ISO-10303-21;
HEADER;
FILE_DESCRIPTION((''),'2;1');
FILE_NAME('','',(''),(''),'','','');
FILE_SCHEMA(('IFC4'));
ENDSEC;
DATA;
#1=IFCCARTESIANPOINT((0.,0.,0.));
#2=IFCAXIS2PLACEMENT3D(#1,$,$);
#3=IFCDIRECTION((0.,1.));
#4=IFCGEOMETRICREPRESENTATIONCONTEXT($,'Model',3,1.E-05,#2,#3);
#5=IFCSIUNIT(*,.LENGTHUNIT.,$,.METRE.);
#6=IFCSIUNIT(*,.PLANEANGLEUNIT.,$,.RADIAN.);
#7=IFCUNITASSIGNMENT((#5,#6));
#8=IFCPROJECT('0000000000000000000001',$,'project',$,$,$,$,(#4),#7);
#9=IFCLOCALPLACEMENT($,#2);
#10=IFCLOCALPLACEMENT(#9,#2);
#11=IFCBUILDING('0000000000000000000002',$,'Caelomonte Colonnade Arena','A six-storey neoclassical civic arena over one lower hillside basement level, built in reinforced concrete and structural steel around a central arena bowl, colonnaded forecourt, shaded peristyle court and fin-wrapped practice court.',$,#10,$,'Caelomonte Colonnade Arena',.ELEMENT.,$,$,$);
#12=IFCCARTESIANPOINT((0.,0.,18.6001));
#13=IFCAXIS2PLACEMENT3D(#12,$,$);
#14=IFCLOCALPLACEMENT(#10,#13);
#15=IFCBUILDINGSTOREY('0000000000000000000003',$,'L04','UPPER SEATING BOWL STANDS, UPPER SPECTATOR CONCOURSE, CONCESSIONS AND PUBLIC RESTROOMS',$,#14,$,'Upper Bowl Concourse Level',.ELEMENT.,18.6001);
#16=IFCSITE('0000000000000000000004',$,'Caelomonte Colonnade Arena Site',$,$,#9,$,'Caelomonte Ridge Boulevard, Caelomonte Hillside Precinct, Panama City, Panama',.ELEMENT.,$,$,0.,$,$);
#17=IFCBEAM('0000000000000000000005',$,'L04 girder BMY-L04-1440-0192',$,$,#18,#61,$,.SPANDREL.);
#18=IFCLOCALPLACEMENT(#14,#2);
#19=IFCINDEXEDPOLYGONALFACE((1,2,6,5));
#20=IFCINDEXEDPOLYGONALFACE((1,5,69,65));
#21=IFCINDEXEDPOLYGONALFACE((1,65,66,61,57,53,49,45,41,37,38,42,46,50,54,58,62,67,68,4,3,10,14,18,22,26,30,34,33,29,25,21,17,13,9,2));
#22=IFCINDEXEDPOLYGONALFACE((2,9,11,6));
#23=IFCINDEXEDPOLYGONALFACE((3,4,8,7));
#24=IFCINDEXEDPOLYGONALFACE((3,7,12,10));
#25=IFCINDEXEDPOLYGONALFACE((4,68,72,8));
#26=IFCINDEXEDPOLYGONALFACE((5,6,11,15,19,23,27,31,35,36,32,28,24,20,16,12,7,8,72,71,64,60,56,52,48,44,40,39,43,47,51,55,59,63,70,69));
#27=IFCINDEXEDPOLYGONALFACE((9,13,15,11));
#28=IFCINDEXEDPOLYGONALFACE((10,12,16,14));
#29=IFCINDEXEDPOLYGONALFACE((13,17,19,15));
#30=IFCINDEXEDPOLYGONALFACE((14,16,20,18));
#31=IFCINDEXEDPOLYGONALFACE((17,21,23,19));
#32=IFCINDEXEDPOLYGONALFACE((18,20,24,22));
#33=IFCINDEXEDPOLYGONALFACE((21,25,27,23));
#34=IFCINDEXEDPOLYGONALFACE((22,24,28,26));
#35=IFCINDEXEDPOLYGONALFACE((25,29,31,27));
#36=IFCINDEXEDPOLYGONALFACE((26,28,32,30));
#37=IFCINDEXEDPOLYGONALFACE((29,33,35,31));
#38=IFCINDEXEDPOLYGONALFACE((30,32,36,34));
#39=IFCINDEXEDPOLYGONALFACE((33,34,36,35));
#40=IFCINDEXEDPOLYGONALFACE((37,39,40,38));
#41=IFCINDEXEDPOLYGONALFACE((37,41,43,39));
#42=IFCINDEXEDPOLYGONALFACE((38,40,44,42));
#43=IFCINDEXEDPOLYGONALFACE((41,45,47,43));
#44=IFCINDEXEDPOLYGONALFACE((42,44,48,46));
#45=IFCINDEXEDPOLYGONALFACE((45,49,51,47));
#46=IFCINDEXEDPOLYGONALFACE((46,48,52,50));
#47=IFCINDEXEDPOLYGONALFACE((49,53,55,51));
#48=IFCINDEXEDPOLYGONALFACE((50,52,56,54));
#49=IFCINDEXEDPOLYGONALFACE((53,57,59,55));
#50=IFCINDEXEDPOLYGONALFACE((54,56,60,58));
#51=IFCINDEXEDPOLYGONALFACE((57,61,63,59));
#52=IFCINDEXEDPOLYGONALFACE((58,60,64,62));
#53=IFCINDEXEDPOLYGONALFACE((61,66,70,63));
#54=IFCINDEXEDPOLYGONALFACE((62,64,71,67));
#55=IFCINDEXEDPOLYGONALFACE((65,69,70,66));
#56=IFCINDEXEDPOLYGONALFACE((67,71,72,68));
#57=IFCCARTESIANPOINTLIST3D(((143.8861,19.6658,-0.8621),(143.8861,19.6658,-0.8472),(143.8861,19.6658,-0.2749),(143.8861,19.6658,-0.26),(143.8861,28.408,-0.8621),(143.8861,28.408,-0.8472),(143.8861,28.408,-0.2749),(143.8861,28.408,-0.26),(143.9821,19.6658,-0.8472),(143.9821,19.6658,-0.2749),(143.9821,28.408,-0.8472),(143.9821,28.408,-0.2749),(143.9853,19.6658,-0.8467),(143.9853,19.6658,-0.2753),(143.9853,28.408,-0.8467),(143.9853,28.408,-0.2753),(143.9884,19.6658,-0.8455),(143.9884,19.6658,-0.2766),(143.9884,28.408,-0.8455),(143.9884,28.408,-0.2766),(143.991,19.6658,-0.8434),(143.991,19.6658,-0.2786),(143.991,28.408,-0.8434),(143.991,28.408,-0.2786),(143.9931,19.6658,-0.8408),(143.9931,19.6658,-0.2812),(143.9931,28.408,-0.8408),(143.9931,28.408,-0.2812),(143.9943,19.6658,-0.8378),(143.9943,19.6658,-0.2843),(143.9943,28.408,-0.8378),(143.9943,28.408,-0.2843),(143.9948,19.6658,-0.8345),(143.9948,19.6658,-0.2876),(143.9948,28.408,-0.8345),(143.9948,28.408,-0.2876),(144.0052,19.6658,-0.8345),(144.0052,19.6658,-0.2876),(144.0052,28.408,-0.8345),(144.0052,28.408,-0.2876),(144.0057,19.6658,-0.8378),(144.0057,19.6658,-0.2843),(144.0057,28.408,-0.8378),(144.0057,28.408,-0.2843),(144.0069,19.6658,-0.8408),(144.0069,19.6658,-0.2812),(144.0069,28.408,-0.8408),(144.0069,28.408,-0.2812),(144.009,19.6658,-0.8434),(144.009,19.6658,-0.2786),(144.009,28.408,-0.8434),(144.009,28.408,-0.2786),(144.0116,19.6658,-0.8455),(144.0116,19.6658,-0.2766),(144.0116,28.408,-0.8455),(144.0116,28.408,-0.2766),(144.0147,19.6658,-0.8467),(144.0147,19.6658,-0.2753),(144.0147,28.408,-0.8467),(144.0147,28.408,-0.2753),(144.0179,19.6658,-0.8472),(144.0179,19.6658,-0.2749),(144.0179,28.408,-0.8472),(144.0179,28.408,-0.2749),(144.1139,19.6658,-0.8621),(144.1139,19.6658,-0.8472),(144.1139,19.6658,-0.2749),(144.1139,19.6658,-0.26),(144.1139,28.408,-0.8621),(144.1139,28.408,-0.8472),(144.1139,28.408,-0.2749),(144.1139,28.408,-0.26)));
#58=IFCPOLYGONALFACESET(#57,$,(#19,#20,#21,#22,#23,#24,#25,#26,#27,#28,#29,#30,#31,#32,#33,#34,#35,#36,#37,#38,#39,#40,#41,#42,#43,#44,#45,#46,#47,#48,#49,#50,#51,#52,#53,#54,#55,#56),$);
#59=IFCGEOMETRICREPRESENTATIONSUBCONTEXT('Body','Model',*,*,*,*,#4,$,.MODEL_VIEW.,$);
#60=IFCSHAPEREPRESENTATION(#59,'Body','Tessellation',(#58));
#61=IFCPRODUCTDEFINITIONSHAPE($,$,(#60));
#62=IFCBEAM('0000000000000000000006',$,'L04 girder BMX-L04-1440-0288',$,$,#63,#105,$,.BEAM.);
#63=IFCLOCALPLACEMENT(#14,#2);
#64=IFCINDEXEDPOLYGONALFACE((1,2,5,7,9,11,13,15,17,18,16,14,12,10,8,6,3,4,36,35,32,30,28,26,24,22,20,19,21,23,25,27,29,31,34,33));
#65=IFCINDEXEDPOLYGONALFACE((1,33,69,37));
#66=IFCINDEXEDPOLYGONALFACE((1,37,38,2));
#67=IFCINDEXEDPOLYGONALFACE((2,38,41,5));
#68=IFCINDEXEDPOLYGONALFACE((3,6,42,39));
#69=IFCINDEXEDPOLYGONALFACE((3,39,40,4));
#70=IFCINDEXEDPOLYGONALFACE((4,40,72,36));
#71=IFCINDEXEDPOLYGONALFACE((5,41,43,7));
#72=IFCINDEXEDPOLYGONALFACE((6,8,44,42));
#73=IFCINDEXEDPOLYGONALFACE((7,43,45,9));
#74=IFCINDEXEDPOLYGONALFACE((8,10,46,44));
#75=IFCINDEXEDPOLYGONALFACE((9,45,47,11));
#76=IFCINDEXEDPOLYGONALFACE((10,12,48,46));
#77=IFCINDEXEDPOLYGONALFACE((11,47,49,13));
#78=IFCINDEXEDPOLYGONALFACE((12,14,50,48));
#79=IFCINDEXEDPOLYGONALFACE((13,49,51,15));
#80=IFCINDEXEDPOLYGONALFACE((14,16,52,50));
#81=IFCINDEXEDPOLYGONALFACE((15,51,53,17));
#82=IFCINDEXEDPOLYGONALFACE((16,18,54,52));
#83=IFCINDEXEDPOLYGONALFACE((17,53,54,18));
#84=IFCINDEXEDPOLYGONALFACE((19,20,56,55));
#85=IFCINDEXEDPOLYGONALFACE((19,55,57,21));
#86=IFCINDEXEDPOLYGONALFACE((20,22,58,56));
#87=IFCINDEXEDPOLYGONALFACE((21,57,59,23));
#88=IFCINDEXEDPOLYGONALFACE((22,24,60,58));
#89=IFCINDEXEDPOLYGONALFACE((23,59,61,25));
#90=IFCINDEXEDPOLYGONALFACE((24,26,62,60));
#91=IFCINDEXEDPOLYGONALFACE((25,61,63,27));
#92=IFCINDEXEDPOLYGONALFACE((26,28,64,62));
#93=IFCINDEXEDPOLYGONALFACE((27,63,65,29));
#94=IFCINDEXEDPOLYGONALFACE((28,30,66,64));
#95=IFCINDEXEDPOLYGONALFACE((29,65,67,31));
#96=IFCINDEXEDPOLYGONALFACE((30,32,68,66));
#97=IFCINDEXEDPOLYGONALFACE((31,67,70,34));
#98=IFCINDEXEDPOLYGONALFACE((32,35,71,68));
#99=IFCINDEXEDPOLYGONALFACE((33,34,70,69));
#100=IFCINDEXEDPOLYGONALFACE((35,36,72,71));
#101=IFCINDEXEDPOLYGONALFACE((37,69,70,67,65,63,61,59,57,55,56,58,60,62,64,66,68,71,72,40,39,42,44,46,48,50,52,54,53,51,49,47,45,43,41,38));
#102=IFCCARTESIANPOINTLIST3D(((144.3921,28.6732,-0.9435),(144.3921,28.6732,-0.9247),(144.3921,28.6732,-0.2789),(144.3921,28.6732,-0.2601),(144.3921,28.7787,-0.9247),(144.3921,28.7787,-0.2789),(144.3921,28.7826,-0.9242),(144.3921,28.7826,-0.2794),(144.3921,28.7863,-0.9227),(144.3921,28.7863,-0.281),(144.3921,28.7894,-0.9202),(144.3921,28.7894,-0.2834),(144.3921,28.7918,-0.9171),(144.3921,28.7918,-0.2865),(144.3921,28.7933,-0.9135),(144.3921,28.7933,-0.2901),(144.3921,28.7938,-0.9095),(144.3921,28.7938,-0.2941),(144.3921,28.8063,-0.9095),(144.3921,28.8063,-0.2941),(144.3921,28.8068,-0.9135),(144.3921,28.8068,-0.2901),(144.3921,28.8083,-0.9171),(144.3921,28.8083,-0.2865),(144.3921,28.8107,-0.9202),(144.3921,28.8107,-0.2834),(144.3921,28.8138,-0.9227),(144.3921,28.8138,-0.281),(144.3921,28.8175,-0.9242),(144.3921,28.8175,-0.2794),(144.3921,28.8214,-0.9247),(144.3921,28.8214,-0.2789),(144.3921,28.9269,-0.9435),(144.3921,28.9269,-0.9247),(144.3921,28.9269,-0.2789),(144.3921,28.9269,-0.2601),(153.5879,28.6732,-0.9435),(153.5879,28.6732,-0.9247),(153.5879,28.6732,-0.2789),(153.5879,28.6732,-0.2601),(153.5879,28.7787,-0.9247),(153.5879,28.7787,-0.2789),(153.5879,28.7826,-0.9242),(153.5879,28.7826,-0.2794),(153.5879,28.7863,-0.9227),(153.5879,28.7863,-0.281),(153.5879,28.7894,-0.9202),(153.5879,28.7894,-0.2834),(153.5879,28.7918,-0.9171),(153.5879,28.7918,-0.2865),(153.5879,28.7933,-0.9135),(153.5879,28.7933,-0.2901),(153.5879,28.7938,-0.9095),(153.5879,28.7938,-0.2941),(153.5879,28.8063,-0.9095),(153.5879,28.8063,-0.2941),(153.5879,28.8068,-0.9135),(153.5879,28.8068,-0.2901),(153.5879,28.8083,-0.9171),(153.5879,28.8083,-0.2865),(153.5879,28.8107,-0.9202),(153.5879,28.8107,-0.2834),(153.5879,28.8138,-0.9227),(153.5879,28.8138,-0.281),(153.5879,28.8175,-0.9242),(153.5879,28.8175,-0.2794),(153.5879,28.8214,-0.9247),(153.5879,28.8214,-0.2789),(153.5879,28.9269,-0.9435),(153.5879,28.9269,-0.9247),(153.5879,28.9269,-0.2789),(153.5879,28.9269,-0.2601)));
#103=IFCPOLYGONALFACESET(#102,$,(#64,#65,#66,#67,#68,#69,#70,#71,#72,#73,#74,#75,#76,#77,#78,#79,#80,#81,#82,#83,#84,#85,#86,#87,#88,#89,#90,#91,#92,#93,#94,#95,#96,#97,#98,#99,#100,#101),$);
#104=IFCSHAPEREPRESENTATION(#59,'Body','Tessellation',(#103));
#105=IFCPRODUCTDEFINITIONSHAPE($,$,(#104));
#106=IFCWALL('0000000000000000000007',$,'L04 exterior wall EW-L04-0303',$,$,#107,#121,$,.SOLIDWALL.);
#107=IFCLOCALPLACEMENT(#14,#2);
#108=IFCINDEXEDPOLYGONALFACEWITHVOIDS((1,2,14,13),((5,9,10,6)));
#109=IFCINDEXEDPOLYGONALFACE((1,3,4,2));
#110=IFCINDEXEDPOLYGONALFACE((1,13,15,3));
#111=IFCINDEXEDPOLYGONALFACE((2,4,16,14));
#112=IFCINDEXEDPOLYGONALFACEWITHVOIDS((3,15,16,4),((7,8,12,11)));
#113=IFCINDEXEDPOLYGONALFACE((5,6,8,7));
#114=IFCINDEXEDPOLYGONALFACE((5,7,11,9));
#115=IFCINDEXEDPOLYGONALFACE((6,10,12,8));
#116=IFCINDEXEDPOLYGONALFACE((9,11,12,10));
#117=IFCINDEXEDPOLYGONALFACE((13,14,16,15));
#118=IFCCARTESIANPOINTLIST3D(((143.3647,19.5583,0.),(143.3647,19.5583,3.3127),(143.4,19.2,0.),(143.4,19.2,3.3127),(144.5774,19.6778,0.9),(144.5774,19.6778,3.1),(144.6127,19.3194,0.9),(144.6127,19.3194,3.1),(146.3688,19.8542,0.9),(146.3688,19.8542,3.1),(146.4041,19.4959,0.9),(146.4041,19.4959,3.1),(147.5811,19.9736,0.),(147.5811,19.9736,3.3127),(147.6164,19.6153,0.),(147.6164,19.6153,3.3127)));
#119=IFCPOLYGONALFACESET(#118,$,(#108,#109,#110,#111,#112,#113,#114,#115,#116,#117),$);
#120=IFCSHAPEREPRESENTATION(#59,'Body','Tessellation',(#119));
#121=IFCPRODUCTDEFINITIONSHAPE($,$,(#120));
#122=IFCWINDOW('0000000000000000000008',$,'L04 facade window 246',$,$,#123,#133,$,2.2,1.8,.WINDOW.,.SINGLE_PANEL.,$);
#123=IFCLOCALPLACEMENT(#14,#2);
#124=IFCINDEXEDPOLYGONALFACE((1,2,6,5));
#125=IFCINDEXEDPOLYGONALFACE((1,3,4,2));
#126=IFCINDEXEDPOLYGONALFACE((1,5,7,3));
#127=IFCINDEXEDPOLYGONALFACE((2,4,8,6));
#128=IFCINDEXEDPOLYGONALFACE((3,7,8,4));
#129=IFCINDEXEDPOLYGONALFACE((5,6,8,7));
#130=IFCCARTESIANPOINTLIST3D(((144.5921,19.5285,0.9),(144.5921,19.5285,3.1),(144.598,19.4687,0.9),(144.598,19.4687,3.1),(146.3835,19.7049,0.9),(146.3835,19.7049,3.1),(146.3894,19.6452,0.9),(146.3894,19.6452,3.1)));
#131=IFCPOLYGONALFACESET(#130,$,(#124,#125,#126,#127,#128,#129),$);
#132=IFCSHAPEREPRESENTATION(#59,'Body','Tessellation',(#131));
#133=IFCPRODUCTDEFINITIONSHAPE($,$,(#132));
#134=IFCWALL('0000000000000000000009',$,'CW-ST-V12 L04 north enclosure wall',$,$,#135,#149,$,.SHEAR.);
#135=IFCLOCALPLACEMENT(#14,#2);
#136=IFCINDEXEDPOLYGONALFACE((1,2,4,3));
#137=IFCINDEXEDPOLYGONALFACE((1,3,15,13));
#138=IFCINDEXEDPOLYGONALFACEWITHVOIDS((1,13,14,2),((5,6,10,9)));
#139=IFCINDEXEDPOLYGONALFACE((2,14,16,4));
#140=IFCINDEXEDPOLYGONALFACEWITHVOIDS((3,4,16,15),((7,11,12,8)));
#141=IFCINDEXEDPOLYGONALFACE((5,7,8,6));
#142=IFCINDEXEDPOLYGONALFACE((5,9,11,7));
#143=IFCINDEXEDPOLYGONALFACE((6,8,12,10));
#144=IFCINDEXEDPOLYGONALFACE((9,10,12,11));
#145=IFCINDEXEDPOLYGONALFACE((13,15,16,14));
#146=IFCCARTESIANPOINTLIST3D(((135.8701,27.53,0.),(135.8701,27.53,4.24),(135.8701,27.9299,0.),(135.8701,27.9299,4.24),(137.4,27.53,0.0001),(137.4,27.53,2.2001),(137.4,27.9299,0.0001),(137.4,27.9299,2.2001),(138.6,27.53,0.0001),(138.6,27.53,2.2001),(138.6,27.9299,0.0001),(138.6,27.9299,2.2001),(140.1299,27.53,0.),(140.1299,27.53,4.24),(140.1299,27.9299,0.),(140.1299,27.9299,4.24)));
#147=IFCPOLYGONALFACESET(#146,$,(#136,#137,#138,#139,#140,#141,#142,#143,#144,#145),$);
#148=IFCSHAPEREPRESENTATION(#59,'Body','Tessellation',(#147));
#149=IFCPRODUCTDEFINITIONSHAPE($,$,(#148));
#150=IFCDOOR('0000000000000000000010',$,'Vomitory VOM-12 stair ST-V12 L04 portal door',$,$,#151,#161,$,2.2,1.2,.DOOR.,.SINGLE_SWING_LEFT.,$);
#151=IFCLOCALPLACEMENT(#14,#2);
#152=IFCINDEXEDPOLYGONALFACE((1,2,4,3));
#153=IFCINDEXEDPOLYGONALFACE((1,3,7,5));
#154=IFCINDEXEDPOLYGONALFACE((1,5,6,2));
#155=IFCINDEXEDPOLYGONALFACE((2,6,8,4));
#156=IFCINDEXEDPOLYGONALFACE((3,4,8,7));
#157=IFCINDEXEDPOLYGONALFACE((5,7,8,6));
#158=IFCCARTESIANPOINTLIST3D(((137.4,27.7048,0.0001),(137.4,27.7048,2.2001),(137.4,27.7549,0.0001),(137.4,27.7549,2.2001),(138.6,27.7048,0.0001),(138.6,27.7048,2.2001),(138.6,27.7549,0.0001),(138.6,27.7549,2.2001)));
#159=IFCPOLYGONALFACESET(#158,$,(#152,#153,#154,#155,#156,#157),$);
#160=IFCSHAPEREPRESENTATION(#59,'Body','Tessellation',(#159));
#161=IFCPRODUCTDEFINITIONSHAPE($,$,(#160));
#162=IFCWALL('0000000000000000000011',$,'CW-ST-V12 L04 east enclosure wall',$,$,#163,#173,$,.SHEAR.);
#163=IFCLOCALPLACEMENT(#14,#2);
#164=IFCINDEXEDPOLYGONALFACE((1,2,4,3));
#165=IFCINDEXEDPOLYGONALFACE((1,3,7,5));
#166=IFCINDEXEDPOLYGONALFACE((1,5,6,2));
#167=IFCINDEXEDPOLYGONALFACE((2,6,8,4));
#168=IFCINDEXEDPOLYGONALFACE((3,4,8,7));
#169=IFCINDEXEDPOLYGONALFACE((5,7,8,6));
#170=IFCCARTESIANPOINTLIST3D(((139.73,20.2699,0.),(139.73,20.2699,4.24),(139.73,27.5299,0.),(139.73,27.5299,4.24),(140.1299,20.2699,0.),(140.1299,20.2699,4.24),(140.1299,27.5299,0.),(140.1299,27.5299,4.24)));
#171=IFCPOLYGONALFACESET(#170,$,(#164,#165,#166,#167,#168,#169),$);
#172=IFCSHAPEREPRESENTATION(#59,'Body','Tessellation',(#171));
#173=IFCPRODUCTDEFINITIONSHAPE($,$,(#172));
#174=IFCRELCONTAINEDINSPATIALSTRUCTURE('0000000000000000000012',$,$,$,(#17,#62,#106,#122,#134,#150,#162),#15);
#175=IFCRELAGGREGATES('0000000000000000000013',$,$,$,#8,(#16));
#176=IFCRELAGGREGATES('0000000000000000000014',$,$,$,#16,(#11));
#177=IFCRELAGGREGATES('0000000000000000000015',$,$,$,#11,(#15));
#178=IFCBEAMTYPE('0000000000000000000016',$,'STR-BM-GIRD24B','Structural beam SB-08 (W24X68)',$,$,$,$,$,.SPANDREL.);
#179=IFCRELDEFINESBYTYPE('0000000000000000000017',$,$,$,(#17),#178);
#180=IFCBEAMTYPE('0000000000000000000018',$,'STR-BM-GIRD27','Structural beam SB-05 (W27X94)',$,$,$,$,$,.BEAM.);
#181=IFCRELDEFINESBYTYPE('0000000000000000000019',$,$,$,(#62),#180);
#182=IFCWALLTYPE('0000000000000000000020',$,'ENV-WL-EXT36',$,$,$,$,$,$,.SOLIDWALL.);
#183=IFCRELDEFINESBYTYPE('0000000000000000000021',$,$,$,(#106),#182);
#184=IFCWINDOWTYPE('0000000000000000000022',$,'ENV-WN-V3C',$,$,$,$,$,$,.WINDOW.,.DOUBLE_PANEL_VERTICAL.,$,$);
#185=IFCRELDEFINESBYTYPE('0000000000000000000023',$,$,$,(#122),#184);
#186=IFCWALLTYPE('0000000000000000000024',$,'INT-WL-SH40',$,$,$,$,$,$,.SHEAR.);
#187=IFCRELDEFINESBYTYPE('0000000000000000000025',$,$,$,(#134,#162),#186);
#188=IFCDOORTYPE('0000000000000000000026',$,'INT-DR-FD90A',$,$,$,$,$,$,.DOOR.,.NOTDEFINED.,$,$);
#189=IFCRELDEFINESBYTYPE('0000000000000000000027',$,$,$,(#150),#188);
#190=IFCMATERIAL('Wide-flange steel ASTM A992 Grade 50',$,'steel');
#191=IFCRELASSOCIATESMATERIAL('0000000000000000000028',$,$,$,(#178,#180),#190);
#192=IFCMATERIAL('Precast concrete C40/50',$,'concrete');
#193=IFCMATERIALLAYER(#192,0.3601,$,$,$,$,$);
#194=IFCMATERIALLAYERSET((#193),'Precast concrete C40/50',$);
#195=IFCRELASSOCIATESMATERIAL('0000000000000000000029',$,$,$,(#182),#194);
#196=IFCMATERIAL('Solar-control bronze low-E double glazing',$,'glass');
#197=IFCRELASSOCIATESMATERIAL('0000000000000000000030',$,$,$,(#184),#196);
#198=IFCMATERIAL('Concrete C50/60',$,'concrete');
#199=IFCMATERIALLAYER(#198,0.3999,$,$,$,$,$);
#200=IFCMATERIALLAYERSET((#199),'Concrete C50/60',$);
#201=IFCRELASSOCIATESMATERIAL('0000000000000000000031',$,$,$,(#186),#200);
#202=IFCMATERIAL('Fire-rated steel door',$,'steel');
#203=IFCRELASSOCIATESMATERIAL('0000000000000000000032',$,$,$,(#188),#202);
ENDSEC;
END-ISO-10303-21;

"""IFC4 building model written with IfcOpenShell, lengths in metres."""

from ifc_helpers import new_model, si_unit, direction, frame, frame_2d, origin, origin_2d, place, context, subcontext, project, spatial, rectangle, i_section, extrude, material, layer, layer_set, material_profile, profile_set, type_object, element, fill, save


model = new_model("IFC4")

# Units and contexts
model_context = context("Model", 3, precision=1e-05, world=origin(), true_north=direction((0.0, 1.0)))
body_context = subcontext(model_context, "Body", "Model", "MODEL_VIEW")
ifc_project = project(units=[si_unit("LENGTHUNIT", "METRE"), si_unit("PLANEANGLEUNIT", "RADIAN")], contexts=[model_context])

# Site, building, storey
site_placement = place(None, origin())
site = spatial("IfcSite", under=ifc_project, at=site_placement, Name="Caelomonte Colonnade Arena Site", LongName="Caelomonte Ridge Boulevard, Caelomonte Hillside Precinct, Panama City, Panama", CompositionType="ELEMENT", RefElevation=0.0)
building_placement = place(site_placement, origin())
building = spatial("IfcBuilding", under=site, at=building_placement, Name="Caelomonte Colonnade Arena", Description="A six-storey neoclassical civic arena over one lower hillside basement level, built in reinforced concrete and structural steel around a central arena bowl, colonnaded forecourt, shaded peristyle court and fin-wrapped practice court.", LongName="Caelomonte Colonnade Arena", CompositionType="ELEMENT")
storey_placement = place(building_placement, frame((0.0, 0.0, 18.6001)))
storey = spatial("IfcBuildingStorey", under=building, at=storey_placement, Name="L04", Description="UPPER SEATING BOWL STANDS, UPPER SPECTATOR CONCOURSE, CONCESSIONS AND PUBLIC RESTROOMS", LongName="Upper Bowl Concourse Level", CompositionType="ELEMENT", Elevation=18.6001)

# Shared definitions
ifc_material_1 = material(Name="Wide-flange steel ASTM A992 Grade 50", Category="steel")

# Beams
ifc_material_profile_1 = material_profile(ifc_material_1, i_section(OverallWidth=0.2278, OverallDepth=0.6021, WebThickness=0.0105, FlangeThickness=0.0149, FilletRadius=0.0127, at=origin_2d()), Name="W24X68")
ifc_profile_set_1 = profile_set([ifc_material_profile_1], Name="Wide-flange steel ASTM A992 Grade 50")
beam_type_1 = type_object("IfcBeamType", Name="STR-BM-GIRD24B", Description="Structural beam SB-08 (W24X68)", PredefinedType="SPANDREL", material=ifc_profile_set_1)
beam_1_placement = place(storey_placement, frame((144.0, 19.6658, -0.561), z_axis=(0.0, 1.0, 0.0), x_axis=(-1.0, 0.0, 0.0)))
element("IfcBeam", 1, at=beam_1_placement, inside=storey, type_object=beam_type_1, Name="L04 girder BMY-L04-1440-0192", PredefinedType="SPANDREL", context=body_context, shape_type="SweptSolid", body=[
    extrude(i_section(OverallWidth=0.2278, OverallDepth=0.6021, WebThickness=0.0105, FlangeThickness=0.0149, FilletRadius=0.0127, at=origin_2d()), origin(), (0.0, 0.0, 1.0), 8.7422),
])
ifc_material_profile_2 = material_profile(ifc_material_1, i_section(OverallWidth=0.2537, OverallDepth=0.6833, WebThickness=0.0125, FlangeThickness=0.0188, FilletRadius=0.0151, at=origin_2d()), Name="W27X94")
ifc_profile_set_2 = profile_set([ifc_material_profile_2], Name="Wide-flange steel ASTM A992 Grade 50")
beam_type_2 = type_object("IfcBeamType", Name="STR-BM-GIRD27", Description="Structural beam SB-05 (W27X94)", PredefinedType="BEAM", material=ifc_profile_set_2)
beam_2_placement = place(storey_placement, frame((144.3921, 28.8, -0.6018), z_axis=(1.0, 0.0, 0.0), x_axis=(0.0, 1.0, 0.0)))
element("IfcBeam", 2, at=beam_2_placement, inside=storey, type_object=beam_type_2, Name="L04 girder BMX-L04-1440-0288", PredefinedType="BEAM", context=body_context, shape_type="SweptSolid", body=[
    extrude(i_section(OverallWidth=0.2537, OverallDepth=0.6833, WebThickness=0.0125, FlangeThickness=0.0188, FilletRadius=0.0151, at=origin_2d()), origin(), (0.0, 0.0, 1.0), 9.1958),
])

# Wall, opening, window
ifc_material_2 = material(Name="Precast concrete C40/50", Category="concrete")
ifc_layer_1 = layer(ifc_material_2, 0.3601)
ifc_layer_set_1 = layer_set([ifc_layer_1], Name="Precast concrete C40/50")
wall_type_1 = type_object("IfcWallType", Name="ENV-WL-EXT36", PredefinedType="SOLIDWALL", material=ifc_layer_set_1)
wall_1_placement = place(storey_placement, frame((143.3823, 19.3792, 0.0), z_axis=(0.0, 0.0, 1.0), x_axis=(0.995184, 0.09802, 0.0)))
wall_1 = element("IfcWall", 3, at=wall_1_placement, inside=storey, type_object=wall_type_1, Name="L04 exterior wall EW-L04-0303", PredefinedType="SOLIDWALL", context=body_context, shape_type="SweptSolid", body=[
    extrude(rectangle(XDim=4.2368, YDim=0.3601, at=frame_2d((2.1184, 0.0))), origin(), (0.0, 0.0, 1.0), 3.3127),
])
opening_1_placement = place(wall_1_placement, frame((3.0186, 0.0, 0.8999), z_axis=(0.0, 0.0, 1.0), x_axis=(-1.0, 0.0, 0.0)))
opening_1 = element("IfcOpeningElement", 4, at=opening_1_placement, cuts=wall_1, PredefinedType="OPENING", context=body_context, shape_type="SweptSolid", body=[
    extrude(rectangle(XDim=1.8, YDim=2.2, at=frame_2d((0.8999, 1.1001))), frame((0.0, 0.1899, 0.0), z_axis=(0.0, -1.0, 0.0), x_axis=(1.0, 0.0, 0.0)), (0.0, 0.0, 1.0), 0.3801),
])
ifc_material_3 = material(Name="Solar-control bronze low-E double glazing", Category="glass")
window_type = type_object("IfcWindowType", Name="ENV-WN-V3C", PartitioningType="DOUBLE_PANEL_VERTICAL", PredefinedType="WINDOW", material=ifc_material_3)
window_placement = place(opening_1_placement, origin())
window = element("IfcWindow", 5, at=window_placement, inside=storey, type_object=window_type, Name="L04 facade window 246", OverallHeight=2.2, OverallWidth=1.8, PartitioningType="SINGLE_PANEL", PredefinedType="WINDOW", context=body_context, shape_type="SweptSolid", body=[
    extrude(rectangle(XDim=1.8, YDim=2.2, at=frame_2d((0.8999, 1.1001))), frame((0.0, 0.03, 0.0), z_axis=(0.0, -1.0, 0.0), x_axis=(1.0, 0.0, 0.0)), (0.0, 0.0, 1.0), 0.0601),
])
fill(opening_1, window)

# Wall, opening, door
ifc_material_4 = material(Name="Concrete C50/60", Category="concrete")
ifc_layer_2 = layer(ifc_material_4, 0.3999)
ifc_layer_set_2 = layer_set([ifc_layer_2], Name="Concrete C50/60")
wall_type_2 = type_object("IfcWallType", Name="INT-WL-SH40", PredefinedType="SHEAR", material=ifc_layer_set_2)
wall_2_placement = place(storey_placement, frame((140.1299, 27.73, 0.0), z_axis=(0.0, 0.0, 1.0), x_axis=(-1.0, 0.0, 0.0)))
wall_2 = element("IfcWall", 6, at=wall_2_placement, inside=storey, type_object=wall_type_2, Name="CW-ST-V12 L04 north enclosure wall", PredefinedType="SHEAR", context=body_context, shape_type="SweptSolid", body=[
    extrude(rectangle(XDim=4.2598, YDim=0.3999, at=frame_2d((2.1299, 0.0))), origin(), (0.0, 0.0, 1.0), 4.24),
])
opening_2_placement = place(wall_2_placement, frame((2.73, 0.0, 0.0), z_axis=(0.0, 0.0, 1.0), x_axis=(-1.0, 0.0, 0.0)))
opening_2 = element("IfcOpeningElement", 7, at=opening_2_placement, cuts=wall_2, PredefinedType="OPENING", context=body_context, shape_type="SweptSolid", body=[
    extrude(rectangle(XDim=1.2, YDim=2.2, at=frame_2d((0.6001, 1.1001))), frame((0.0, 0.21, 0.0), z_axis=(0.0, -1.0, 0.0), x_axis=(1.0, 0.0, 0.0)), (0.0, 0.0, 1.0), 0.4199),
])
ifc_material_5 = material(Name="Fire-rated steel door", Category="steel")
door_type = type_object("IfcDoorType", Name="INT-DR-FD90A", OperationType="NOTDEFINED", PredefinedType="DOOR", material=ifc_material_5)
door_placement = place(opening_2_placement, origin())
door = element("IfcDoor", 8, at=door_placement, inside=storey, type_object=door_type, Name="Vomitory VOM-12 stair ST-V12 L04 portal door", OperationType="SINGLE_SWING_LEFT", OverallHeight=2.2, OverallWidth=1.2, PredefinedType="DOOR", context=body_context, shape_type="SweptSolid", body=[
    extrude(rectangle(XDim=1.2, YDim=2.2, at=frame_2d((0.6001, 1.1001))), frame((0.0, 0.0249, 0.0), z_axis=(0.0, -1.0, 0.0), x_axis=(1.0, 0.0, 0.0)), (0.0, 0.0, 1.0), 0.05),
])
fill(opening_2, door)

# Wall
wall_3_placement = place(storey_placement, frame((139.9299, 20.27, 0.0), z_axis=(0.0, 0.0, 1.0), x_axis=(0.0, 1.0, 0.0)))
element("IfcWall", 9, at=wall_3_placement, inside=storey, type_object=wall_type_2, Name="CW-ST-V12 L04 east enclosure wall", PredefinedType="SHEAR", context=body_context, shape_type="SweptSolid", body=[
    extrude(rectangle(XDim=7.26, YDim=0.3999, at=frame_2d((3.6299, 0.0))), origin(), (0.0, 0.0, 1.0), 4.24),
])

save(model, "model.ifc")
